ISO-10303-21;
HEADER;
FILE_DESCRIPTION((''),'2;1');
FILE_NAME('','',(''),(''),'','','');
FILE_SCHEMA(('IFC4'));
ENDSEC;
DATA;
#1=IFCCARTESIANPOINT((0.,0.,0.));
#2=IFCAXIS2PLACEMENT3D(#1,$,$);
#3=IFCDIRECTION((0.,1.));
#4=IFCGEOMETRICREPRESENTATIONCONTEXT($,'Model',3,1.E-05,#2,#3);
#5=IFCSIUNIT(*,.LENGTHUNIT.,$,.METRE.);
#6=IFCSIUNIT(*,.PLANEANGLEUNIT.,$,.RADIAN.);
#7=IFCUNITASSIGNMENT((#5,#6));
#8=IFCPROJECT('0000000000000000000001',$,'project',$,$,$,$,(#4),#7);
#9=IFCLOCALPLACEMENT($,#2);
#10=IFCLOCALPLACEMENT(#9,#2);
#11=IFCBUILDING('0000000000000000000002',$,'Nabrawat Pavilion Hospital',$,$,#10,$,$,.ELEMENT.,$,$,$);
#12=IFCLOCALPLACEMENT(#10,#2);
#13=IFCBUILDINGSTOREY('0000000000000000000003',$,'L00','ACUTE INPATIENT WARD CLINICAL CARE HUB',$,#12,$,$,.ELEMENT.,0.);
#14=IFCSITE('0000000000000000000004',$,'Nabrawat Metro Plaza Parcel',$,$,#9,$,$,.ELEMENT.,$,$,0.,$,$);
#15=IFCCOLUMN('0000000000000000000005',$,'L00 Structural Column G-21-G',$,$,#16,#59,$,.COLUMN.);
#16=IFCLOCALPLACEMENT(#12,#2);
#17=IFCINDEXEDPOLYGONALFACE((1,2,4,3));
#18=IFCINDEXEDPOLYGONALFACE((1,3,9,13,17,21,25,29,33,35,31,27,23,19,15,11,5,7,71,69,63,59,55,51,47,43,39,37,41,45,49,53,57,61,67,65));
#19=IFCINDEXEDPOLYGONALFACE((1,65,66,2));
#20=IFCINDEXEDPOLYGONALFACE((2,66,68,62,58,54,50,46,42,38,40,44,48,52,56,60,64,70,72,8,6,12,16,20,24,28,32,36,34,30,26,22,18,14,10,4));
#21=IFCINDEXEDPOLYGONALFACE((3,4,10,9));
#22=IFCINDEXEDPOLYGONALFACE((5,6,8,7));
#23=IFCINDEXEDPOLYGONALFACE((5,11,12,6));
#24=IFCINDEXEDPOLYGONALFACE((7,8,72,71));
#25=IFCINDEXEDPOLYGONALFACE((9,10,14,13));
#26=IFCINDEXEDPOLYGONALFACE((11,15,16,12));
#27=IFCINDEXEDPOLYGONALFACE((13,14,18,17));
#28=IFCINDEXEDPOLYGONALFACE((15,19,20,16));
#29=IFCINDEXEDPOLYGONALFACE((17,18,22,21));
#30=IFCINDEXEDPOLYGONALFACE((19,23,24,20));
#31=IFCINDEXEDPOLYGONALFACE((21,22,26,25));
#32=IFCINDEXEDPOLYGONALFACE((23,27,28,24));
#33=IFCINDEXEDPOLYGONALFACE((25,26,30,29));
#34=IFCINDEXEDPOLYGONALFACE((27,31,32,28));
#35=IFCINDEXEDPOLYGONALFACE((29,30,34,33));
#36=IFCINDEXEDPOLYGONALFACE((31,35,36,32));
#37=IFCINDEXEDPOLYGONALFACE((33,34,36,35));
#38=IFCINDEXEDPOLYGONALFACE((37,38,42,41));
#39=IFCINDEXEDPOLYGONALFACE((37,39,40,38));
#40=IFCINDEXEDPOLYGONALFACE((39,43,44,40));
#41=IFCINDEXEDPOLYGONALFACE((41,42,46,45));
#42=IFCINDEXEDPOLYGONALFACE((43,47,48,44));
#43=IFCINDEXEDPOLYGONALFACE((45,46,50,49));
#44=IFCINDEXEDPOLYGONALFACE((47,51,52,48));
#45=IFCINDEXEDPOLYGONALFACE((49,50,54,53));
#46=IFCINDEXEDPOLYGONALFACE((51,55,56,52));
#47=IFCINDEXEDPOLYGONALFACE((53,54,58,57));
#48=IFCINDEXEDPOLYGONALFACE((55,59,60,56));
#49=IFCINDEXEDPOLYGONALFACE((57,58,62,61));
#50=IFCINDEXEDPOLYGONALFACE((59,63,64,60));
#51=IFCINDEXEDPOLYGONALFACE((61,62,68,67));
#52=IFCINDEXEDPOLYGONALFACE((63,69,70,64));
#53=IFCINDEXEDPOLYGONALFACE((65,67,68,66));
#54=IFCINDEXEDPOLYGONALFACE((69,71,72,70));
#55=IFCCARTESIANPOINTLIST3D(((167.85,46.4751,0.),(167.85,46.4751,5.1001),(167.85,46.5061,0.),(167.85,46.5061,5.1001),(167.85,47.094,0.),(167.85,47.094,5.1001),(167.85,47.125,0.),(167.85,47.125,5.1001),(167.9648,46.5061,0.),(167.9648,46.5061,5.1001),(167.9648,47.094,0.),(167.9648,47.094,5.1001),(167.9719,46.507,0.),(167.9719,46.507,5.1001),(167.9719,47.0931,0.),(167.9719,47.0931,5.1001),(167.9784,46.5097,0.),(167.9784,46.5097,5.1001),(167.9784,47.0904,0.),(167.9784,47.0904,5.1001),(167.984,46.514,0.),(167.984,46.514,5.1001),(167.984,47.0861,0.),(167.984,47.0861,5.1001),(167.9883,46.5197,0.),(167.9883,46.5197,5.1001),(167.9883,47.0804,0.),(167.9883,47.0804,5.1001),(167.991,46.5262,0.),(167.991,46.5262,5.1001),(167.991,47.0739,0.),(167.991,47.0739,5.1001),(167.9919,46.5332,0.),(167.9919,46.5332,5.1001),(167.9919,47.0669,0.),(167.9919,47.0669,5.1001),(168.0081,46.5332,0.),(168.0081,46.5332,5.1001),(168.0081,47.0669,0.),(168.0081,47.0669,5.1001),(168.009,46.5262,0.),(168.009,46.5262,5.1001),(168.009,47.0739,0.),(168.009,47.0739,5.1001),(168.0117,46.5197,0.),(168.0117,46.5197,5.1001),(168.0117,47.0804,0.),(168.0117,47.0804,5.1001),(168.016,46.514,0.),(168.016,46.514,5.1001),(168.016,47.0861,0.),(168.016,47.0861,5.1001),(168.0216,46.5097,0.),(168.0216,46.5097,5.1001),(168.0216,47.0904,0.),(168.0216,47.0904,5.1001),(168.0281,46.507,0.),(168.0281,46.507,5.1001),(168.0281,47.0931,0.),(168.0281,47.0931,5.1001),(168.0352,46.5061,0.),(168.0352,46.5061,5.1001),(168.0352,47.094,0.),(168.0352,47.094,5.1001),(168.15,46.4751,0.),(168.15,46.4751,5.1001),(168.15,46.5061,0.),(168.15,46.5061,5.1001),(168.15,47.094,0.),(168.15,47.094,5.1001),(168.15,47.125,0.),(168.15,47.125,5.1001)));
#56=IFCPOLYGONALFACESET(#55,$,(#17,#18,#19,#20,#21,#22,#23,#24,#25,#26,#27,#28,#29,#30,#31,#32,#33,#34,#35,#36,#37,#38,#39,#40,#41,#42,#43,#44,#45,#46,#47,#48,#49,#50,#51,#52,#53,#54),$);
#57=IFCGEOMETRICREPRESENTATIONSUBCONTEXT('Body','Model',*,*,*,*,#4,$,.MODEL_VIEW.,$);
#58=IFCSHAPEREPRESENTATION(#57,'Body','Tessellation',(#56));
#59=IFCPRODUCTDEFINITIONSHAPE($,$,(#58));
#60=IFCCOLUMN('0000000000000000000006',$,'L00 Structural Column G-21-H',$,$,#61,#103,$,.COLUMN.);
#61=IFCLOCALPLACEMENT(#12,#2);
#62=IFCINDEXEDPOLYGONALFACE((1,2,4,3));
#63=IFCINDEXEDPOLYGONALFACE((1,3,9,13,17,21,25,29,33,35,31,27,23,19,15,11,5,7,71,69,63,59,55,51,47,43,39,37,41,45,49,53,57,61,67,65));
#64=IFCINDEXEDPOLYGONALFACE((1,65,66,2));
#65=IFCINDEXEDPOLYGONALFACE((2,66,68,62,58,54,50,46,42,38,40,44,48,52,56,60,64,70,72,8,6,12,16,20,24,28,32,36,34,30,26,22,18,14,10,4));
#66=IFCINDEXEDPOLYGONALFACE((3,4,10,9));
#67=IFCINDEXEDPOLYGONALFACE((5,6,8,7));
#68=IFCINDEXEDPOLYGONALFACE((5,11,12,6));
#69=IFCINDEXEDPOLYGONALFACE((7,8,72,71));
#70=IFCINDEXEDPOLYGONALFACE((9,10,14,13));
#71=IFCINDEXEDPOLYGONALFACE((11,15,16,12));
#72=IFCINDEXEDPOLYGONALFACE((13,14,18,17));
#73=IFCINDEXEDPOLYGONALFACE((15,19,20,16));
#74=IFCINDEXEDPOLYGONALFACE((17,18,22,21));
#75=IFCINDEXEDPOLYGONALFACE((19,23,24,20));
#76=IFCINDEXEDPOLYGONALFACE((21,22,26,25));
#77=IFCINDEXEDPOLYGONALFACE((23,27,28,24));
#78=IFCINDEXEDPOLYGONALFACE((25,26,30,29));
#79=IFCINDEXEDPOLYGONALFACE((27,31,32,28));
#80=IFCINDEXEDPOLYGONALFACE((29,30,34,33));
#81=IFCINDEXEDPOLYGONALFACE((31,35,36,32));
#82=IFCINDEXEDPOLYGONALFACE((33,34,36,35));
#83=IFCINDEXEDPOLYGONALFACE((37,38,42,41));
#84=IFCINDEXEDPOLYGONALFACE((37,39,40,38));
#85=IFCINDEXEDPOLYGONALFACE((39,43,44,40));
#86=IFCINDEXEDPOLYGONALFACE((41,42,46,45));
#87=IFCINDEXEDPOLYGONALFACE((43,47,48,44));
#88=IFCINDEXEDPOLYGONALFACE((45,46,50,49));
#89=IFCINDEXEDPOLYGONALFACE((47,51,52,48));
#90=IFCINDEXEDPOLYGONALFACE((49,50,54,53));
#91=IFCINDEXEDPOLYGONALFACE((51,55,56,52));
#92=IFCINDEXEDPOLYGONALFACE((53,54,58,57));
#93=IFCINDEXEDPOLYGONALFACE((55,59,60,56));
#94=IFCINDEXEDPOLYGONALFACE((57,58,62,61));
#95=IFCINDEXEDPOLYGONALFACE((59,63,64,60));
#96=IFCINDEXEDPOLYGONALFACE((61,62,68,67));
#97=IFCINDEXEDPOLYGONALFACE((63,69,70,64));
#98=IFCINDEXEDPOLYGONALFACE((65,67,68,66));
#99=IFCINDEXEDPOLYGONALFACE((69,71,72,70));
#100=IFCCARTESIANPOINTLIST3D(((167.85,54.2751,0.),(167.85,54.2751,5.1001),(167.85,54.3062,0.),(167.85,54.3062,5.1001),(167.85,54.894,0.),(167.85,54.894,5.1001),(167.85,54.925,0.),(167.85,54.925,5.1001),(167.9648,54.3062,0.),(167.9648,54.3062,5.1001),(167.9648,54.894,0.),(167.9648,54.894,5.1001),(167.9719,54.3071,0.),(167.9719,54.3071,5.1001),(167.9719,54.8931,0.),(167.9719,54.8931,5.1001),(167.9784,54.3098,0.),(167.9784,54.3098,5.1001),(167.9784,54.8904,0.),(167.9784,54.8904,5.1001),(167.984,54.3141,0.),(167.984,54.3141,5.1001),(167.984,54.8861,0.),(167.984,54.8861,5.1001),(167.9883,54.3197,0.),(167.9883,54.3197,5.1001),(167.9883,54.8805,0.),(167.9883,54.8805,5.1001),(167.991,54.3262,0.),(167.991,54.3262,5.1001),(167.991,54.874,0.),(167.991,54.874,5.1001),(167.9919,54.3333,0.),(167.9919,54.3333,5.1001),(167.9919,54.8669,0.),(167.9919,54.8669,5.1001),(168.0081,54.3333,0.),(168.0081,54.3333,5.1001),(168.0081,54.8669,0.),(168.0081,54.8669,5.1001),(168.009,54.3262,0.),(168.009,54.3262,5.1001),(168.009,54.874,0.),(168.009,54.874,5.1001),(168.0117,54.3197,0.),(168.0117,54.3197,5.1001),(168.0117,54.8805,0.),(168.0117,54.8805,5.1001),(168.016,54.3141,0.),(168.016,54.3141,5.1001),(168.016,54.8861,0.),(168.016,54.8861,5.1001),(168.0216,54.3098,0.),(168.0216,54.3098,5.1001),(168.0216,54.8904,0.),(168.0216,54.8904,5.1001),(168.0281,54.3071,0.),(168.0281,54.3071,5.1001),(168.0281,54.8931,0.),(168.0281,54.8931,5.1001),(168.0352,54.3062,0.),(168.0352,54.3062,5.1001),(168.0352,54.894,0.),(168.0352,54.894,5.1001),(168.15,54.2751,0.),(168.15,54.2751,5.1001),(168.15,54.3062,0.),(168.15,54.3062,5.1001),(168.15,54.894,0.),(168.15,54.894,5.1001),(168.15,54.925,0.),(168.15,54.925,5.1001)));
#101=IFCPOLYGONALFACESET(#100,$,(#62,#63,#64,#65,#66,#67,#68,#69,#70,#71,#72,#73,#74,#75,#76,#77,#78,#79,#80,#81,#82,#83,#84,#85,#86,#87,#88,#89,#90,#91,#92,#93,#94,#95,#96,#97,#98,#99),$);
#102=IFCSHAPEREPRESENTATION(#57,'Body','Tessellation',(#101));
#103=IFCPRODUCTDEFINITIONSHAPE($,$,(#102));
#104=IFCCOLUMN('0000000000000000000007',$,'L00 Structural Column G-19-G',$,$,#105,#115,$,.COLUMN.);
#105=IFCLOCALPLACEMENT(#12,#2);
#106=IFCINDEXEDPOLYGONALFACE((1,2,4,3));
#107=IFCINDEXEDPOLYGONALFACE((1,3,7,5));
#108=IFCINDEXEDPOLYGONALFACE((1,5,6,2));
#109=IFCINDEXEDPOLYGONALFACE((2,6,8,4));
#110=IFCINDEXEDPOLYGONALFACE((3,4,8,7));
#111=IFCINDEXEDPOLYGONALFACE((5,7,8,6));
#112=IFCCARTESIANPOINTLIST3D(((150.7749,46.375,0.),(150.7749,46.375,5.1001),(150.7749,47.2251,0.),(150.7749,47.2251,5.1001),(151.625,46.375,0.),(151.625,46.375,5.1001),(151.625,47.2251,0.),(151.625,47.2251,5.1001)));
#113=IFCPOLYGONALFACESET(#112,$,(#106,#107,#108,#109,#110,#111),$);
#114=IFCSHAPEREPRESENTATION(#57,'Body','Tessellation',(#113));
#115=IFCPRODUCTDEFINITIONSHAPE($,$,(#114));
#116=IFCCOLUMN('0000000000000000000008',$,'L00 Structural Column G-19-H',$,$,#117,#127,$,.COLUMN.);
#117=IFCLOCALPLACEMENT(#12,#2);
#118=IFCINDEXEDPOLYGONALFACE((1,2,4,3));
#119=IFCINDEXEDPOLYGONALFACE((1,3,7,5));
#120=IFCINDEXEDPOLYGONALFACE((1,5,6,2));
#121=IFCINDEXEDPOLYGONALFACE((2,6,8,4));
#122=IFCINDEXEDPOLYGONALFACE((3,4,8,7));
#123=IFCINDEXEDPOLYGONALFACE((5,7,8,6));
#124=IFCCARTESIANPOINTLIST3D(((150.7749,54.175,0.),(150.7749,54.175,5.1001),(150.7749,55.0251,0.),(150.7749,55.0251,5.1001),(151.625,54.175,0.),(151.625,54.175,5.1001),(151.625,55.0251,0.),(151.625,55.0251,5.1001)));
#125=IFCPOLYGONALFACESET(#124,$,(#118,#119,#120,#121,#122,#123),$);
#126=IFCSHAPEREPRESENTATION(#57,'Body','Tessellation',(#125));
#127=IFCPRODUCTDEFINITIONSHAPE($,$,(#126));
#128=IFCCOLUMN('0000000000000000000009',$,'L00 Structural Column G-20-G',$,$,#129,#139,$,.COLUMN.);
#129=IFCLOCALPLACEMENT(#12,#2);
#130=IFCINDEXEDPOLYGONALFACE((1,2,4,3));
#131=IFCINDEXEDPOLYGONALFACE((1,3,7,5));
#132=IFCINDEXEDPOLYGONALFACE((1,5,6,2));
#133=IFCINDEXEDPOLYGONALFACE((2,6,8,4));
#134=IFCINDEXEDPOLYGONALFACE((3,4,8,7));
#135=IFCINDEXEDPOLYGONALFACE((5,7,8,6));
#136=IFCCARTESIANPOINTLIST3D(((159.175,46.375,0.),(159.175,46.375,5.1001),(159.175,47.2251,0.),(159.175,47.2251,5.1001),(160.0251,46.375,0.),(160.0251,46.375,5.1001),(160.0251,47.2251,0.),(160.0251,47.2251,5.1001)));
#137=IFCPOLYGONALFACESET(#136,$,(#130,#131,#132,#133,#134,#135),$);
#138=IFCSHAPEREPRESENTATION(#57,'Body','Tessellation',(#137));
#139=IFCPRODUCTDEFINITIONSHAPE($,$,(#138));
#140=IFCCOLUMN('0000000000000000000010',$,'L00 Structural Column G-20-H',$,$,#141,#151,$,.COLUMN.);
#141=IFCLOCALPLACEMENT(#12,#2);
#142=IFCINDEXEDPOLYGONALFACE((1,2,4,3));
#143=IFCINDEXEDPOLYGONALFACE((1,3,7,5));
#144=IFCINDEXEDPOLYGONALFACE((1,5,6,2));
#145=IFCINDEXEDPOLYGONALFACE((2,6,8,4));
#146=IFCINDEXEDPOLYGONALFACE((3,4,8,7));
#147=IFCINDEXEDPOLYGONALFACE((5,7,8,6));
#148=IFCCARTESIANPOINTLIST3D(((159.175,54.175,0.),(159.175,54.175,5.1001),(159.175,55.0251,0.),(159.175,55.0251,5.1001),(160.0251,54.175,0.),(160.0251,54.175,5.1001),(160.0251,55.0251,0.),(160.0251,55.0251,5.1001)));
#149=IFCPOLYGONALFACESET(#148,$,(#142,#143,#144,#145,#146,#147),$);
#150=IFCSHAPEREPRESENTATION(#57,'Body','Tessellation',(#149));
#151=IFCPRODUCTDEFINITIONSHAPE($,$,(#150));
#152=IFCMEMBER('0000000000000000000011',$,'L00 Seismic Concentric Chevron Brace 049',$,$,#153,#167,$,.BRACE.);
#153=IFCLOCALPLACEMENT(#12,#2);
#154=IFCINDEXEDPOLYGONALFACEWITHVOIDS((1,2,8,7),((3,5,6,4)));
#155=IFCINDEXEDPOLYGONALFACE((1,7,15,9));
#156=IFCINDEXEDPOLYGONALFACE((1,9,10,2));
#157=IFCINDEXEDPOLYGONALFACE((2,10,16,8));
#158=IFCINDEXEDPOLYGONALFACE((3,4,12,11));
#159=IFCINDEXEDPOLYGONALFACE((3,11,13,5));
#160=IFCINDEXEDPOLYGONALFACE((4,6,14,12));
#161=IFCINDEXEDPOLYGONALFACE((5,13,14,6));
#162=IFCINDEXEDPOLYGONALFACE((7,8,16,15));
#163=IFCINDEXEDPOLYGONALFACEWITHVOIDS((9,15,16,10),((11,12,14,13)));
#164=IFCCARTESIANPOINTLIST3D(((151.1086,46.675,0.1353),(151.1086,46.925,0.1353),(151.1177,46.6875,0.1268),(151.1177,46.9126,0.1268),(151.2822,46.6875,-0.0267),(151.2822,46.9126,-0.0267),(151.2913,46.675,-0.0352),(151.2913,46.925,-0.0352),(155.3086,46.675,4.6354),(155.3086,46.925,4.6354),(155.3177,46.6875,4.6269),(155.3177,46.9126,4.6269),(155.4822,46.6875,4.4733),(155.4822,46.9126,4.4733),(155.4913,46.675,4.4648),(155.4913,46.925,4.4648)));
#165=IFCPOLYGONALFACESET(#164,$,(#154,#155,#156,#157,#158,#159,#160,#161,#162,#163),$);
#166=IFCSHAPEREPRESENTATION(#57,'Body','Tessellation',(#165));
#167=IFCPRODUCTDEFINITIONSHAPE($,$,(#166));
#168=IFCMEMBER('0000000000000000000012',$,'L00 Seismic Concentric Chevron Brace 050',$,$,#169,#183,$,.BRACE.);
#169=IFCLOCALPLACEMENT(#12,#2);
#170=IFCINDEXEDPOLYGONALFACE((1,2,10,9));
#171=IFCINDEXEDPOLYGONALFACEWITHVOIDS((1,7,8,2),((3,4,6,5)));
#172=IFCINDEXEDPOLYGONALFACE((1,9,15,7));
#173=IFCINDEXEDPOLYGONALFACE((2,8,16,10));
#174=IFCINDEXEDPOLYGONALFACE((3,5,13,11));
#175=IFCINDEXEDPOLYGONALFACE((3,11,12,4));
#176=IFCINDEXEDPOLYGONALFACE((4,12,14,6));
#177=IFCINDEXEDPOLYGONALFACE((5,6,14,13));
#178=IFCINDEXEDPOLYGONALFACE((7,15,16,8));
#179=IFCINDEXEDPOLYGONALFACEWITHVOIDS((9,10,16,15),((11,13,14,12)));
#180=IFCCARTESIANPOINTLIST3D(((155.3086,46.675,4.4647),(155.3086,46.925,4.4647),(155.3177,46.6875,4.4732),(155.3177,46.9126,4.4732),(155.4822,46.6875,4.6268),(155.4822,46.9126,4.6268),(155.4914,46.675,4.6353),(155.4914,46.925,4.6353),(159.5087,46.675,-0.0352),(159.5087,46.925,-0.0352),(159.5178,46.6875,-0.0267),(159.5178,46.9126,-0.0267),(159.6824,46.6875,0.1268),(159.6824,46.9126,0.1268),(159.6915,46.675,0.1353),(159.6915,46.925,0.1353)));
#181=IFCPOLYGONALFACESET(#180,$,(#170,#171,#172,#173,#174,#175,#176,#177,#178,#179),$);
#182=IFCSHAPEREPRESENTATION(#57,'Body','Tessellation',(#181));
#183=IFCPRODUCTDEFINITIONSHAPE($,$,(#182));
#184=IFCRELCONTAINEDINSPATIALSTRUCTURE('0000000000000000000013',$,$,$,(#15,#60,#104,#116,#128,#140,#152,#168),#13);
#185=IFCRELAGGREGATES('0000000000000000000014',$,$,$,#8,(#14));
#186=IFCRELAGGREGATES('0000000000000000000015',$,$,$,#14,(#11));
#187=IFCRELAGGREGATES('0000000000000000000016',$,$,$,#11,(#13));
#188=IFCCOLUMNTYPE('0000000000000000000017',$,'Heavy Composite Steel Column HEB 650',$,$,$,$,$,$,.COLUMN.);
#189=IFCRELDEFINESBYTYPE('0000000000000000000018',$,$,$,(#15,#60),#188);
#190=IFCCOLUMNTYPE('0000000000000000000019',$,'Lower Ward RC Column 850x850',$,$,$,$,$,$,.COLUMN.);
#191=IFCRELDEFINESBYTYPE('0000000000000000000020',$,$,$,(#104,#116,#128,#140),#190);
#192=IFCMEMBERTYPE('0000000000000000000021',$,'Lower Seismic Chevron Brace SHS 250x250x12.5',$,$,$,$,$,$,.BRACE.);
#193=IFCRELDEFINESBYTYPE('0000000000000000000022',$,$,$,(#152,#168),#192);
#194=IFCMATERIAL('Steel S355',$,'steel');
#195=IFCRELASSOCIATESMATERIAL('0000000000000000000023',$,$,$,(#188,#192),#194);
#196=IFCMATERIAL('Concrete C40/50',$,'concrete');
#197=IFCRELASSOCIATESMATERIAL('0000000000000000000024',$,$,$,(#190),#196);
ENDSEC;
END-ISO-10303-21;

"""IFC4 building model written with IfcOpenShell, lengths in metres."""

from ifc_helpers import new_model, si_unit, direction, frame, origin, origin_2d, place, context, subcontext, project, spatial, rectangle, hollow_rectangle, i_section, extrude, material, material_profile, profile_set, type_object, element, save


model = new_model("IFC4")

# Units and contexts
model_context = context("Model", 3, precision=1e-05, world=origin(), true_north=direction((0.0, 1.0)))
body_context = subcontext(model_context, "Body", "Model", "MODEL_VIEW")
ifc_project = project(units=[si_unit("LENGTHUNIT", "METRE"), si_unit("PLANEANGLEUNIT", "RADIAN")], contexts=[model_context])

# Site, building, storey
site_placement = place(None, origin())
site = spatial("IfcSite", under=ifc_project, at=site_placement, Name="Nabrawat Metro Plaza Parcel", CompositionType="ELEMENT", RefElevation=0.0)
building_placement = place(site_placement, origin())
building = spatial("IfcBuilding", under=site, at=building_placement, Name="Nabrawat Pavilion Hospital", CompositionType="ELEMENT")
storey_placement = place(building_placement, origin())
storey = spatial("IfcBuildingStorey", under=building, at=storey_placement, Name="L00", Description="ACUTE INPATIENT WARD CLINICAL CARE HUB", CompositionType="ELEMENT", Elevation=0.0)

# Columns
ifc_material_1 = material(Name="Steel S355", Category="steel")
ifc_material_profile_1 = material_profile(ifc_material_1, i_section(OverallWidth=0.3, OverallDepth=0.6499, WebThickness=0.0161, FlangeThickness=0.031, FilletRadius=0.0271, at=origin_2d()), Name="HEB 650")
ifc_profile_set_1 = profile_set([ifc_material_profile_1], Name="Steel S355")
column_type_1 = type_object("IfcColumnType", Name="Heavy Composite Steel Column HEB 650", PredefinedType="COLUMN", material=ifc_profile_set_1)
for number, where, z_axis, x_axis, name in (
    (1, (168.0, 46.8, 0.0), (0.0, 0.0, 1.0), (1.0, 0.0, 0.0), "L00 Structural Column G-21-G"),
    (2, (168.0, 54.6001, 0.0), (0.0, 0.0, 1.0), (1.0, 0.0, 0.0), "L00 Structural Column G-21-H"),
):
    element("IfcColumn", number, at=place(storey_placement, frame(where, z_axis=z_axis, x_axis=x_axis)), inside=storey, type_object=column_type_1, Name=name, PredefinedType="COLUMN", context=body_context, shape_type="SweptSolid", body=[
        extrude(i_section(OverallWidth=0.3, OverallDepth=0.6499, WebThickness=0.0161, FlangeThickness=0.031, FilletRadius=0.0271, at=origin_2d()), origin(), (0.0, 0.0, 1.0), 5.1001),
    ])
ifc_material_2 = material(Name="Concrete C40/50", Category="concrete")
ifc_material_profile_2 = material_profile(ifc_material_2, rectangle(XDim=0.8501, YDim=0.8501, at=origin_2d()), Name="RC 850x850")
ifc_profile_set_2 = profile_set([ifc_material_profile_2], Name="Concrete C40/50")
column_type_2 = type_object("IfcColumnType", Name="Lower Ward RC Column 850x850", PredefinedType="COLUMN", material=ifc_profile_set_2)
for number, where, z_axis, x_axis, name in (
    (3, (151.2, 46.8, 0.0), (0.0, 0.0, 1.0), (1.0, 0.0, 0.0), "L00 Structural Column G-19-G"),
    (4, (151.2, 54.6001, 0.0), (0.0, 0.0, 1.0), (1.0, 0.0, 0.0), "L00 Structural Column G-19-H"),
    (5, (159.6001, 46.8, 0.0), (0.0, 0.0, 1.0), (1.0, 0.0, 0.0), "L00 Structural Column G-20-G"),
    (6, (159.6001, 54.6001, 0.0), (0.0, 0.0, 1.0), (1.0, 0.0, 0.0), "L00 Structural Column G-20-H"),
):
    element("IfcColumn", number, at=place(storey_placement, frame(where, z_axis=z_axis, x_axis=x_axis)), inside=storey, type_object=column_type_2, Name=name, PredefinedType="COLUMN", context=body_context, shape_type="SweptSolid", body=[
        extrude(rectangle(XDim=0.8501, YDim=0.8501, at=origin_2d()), origin(), (0.0, 0.0, 1.0), 5.1001),
    ])

# Members
ifc_material_profile_3 = material_profile(ifc_material_1, hollow_rectangle(XDim=0.25, YDim=0.25, WallThickness=0.0125, at=origin_2d()), Name="SHS 250x250x12.5")
ifc_profile_set_3 = profile_set([ifc_material_profile_3], Name="Steel S355")
member_type = type_object("IfcMemberType", Name="Lower Seismic Chevron Brace SHS 250x250x12.5", PredefinedType="BRACE", material=ifc_profile_set_3)
for number, where, z_axis, x_axis, name in (
    (7, (151.2, 46.8, 0.05), (0.682314, 0.0, 0.731059), (0.0, 1.0, 0.0), "L00 Seismic Concentric Chevron Brace 049"),
    (8, (159.6001, 46.8, 0.05), (-0.682335, 0.0, 0.731039), (0.0, -1.0, 0.0), "L00 Seismic Concentric Chevron Brace 050"),
):
    element("IfcMember", number, at=place(storey_placement, frame(where, z_axis=z_axis, x_axis=x_axis)), inside=storey, type_object=member_type, Name=name, PredefinedType="BRACE", context=body_context, shape_type="SweptSolid", body=[
        extrude(hollow_rectangle(XDim=0.25, YDim=0.25, WallThickness=0.0125, at=origin_2d()), origin(), (0.0, 0.0, 1.0), 6.1555),
    ])

save(model, "model.ifc")
